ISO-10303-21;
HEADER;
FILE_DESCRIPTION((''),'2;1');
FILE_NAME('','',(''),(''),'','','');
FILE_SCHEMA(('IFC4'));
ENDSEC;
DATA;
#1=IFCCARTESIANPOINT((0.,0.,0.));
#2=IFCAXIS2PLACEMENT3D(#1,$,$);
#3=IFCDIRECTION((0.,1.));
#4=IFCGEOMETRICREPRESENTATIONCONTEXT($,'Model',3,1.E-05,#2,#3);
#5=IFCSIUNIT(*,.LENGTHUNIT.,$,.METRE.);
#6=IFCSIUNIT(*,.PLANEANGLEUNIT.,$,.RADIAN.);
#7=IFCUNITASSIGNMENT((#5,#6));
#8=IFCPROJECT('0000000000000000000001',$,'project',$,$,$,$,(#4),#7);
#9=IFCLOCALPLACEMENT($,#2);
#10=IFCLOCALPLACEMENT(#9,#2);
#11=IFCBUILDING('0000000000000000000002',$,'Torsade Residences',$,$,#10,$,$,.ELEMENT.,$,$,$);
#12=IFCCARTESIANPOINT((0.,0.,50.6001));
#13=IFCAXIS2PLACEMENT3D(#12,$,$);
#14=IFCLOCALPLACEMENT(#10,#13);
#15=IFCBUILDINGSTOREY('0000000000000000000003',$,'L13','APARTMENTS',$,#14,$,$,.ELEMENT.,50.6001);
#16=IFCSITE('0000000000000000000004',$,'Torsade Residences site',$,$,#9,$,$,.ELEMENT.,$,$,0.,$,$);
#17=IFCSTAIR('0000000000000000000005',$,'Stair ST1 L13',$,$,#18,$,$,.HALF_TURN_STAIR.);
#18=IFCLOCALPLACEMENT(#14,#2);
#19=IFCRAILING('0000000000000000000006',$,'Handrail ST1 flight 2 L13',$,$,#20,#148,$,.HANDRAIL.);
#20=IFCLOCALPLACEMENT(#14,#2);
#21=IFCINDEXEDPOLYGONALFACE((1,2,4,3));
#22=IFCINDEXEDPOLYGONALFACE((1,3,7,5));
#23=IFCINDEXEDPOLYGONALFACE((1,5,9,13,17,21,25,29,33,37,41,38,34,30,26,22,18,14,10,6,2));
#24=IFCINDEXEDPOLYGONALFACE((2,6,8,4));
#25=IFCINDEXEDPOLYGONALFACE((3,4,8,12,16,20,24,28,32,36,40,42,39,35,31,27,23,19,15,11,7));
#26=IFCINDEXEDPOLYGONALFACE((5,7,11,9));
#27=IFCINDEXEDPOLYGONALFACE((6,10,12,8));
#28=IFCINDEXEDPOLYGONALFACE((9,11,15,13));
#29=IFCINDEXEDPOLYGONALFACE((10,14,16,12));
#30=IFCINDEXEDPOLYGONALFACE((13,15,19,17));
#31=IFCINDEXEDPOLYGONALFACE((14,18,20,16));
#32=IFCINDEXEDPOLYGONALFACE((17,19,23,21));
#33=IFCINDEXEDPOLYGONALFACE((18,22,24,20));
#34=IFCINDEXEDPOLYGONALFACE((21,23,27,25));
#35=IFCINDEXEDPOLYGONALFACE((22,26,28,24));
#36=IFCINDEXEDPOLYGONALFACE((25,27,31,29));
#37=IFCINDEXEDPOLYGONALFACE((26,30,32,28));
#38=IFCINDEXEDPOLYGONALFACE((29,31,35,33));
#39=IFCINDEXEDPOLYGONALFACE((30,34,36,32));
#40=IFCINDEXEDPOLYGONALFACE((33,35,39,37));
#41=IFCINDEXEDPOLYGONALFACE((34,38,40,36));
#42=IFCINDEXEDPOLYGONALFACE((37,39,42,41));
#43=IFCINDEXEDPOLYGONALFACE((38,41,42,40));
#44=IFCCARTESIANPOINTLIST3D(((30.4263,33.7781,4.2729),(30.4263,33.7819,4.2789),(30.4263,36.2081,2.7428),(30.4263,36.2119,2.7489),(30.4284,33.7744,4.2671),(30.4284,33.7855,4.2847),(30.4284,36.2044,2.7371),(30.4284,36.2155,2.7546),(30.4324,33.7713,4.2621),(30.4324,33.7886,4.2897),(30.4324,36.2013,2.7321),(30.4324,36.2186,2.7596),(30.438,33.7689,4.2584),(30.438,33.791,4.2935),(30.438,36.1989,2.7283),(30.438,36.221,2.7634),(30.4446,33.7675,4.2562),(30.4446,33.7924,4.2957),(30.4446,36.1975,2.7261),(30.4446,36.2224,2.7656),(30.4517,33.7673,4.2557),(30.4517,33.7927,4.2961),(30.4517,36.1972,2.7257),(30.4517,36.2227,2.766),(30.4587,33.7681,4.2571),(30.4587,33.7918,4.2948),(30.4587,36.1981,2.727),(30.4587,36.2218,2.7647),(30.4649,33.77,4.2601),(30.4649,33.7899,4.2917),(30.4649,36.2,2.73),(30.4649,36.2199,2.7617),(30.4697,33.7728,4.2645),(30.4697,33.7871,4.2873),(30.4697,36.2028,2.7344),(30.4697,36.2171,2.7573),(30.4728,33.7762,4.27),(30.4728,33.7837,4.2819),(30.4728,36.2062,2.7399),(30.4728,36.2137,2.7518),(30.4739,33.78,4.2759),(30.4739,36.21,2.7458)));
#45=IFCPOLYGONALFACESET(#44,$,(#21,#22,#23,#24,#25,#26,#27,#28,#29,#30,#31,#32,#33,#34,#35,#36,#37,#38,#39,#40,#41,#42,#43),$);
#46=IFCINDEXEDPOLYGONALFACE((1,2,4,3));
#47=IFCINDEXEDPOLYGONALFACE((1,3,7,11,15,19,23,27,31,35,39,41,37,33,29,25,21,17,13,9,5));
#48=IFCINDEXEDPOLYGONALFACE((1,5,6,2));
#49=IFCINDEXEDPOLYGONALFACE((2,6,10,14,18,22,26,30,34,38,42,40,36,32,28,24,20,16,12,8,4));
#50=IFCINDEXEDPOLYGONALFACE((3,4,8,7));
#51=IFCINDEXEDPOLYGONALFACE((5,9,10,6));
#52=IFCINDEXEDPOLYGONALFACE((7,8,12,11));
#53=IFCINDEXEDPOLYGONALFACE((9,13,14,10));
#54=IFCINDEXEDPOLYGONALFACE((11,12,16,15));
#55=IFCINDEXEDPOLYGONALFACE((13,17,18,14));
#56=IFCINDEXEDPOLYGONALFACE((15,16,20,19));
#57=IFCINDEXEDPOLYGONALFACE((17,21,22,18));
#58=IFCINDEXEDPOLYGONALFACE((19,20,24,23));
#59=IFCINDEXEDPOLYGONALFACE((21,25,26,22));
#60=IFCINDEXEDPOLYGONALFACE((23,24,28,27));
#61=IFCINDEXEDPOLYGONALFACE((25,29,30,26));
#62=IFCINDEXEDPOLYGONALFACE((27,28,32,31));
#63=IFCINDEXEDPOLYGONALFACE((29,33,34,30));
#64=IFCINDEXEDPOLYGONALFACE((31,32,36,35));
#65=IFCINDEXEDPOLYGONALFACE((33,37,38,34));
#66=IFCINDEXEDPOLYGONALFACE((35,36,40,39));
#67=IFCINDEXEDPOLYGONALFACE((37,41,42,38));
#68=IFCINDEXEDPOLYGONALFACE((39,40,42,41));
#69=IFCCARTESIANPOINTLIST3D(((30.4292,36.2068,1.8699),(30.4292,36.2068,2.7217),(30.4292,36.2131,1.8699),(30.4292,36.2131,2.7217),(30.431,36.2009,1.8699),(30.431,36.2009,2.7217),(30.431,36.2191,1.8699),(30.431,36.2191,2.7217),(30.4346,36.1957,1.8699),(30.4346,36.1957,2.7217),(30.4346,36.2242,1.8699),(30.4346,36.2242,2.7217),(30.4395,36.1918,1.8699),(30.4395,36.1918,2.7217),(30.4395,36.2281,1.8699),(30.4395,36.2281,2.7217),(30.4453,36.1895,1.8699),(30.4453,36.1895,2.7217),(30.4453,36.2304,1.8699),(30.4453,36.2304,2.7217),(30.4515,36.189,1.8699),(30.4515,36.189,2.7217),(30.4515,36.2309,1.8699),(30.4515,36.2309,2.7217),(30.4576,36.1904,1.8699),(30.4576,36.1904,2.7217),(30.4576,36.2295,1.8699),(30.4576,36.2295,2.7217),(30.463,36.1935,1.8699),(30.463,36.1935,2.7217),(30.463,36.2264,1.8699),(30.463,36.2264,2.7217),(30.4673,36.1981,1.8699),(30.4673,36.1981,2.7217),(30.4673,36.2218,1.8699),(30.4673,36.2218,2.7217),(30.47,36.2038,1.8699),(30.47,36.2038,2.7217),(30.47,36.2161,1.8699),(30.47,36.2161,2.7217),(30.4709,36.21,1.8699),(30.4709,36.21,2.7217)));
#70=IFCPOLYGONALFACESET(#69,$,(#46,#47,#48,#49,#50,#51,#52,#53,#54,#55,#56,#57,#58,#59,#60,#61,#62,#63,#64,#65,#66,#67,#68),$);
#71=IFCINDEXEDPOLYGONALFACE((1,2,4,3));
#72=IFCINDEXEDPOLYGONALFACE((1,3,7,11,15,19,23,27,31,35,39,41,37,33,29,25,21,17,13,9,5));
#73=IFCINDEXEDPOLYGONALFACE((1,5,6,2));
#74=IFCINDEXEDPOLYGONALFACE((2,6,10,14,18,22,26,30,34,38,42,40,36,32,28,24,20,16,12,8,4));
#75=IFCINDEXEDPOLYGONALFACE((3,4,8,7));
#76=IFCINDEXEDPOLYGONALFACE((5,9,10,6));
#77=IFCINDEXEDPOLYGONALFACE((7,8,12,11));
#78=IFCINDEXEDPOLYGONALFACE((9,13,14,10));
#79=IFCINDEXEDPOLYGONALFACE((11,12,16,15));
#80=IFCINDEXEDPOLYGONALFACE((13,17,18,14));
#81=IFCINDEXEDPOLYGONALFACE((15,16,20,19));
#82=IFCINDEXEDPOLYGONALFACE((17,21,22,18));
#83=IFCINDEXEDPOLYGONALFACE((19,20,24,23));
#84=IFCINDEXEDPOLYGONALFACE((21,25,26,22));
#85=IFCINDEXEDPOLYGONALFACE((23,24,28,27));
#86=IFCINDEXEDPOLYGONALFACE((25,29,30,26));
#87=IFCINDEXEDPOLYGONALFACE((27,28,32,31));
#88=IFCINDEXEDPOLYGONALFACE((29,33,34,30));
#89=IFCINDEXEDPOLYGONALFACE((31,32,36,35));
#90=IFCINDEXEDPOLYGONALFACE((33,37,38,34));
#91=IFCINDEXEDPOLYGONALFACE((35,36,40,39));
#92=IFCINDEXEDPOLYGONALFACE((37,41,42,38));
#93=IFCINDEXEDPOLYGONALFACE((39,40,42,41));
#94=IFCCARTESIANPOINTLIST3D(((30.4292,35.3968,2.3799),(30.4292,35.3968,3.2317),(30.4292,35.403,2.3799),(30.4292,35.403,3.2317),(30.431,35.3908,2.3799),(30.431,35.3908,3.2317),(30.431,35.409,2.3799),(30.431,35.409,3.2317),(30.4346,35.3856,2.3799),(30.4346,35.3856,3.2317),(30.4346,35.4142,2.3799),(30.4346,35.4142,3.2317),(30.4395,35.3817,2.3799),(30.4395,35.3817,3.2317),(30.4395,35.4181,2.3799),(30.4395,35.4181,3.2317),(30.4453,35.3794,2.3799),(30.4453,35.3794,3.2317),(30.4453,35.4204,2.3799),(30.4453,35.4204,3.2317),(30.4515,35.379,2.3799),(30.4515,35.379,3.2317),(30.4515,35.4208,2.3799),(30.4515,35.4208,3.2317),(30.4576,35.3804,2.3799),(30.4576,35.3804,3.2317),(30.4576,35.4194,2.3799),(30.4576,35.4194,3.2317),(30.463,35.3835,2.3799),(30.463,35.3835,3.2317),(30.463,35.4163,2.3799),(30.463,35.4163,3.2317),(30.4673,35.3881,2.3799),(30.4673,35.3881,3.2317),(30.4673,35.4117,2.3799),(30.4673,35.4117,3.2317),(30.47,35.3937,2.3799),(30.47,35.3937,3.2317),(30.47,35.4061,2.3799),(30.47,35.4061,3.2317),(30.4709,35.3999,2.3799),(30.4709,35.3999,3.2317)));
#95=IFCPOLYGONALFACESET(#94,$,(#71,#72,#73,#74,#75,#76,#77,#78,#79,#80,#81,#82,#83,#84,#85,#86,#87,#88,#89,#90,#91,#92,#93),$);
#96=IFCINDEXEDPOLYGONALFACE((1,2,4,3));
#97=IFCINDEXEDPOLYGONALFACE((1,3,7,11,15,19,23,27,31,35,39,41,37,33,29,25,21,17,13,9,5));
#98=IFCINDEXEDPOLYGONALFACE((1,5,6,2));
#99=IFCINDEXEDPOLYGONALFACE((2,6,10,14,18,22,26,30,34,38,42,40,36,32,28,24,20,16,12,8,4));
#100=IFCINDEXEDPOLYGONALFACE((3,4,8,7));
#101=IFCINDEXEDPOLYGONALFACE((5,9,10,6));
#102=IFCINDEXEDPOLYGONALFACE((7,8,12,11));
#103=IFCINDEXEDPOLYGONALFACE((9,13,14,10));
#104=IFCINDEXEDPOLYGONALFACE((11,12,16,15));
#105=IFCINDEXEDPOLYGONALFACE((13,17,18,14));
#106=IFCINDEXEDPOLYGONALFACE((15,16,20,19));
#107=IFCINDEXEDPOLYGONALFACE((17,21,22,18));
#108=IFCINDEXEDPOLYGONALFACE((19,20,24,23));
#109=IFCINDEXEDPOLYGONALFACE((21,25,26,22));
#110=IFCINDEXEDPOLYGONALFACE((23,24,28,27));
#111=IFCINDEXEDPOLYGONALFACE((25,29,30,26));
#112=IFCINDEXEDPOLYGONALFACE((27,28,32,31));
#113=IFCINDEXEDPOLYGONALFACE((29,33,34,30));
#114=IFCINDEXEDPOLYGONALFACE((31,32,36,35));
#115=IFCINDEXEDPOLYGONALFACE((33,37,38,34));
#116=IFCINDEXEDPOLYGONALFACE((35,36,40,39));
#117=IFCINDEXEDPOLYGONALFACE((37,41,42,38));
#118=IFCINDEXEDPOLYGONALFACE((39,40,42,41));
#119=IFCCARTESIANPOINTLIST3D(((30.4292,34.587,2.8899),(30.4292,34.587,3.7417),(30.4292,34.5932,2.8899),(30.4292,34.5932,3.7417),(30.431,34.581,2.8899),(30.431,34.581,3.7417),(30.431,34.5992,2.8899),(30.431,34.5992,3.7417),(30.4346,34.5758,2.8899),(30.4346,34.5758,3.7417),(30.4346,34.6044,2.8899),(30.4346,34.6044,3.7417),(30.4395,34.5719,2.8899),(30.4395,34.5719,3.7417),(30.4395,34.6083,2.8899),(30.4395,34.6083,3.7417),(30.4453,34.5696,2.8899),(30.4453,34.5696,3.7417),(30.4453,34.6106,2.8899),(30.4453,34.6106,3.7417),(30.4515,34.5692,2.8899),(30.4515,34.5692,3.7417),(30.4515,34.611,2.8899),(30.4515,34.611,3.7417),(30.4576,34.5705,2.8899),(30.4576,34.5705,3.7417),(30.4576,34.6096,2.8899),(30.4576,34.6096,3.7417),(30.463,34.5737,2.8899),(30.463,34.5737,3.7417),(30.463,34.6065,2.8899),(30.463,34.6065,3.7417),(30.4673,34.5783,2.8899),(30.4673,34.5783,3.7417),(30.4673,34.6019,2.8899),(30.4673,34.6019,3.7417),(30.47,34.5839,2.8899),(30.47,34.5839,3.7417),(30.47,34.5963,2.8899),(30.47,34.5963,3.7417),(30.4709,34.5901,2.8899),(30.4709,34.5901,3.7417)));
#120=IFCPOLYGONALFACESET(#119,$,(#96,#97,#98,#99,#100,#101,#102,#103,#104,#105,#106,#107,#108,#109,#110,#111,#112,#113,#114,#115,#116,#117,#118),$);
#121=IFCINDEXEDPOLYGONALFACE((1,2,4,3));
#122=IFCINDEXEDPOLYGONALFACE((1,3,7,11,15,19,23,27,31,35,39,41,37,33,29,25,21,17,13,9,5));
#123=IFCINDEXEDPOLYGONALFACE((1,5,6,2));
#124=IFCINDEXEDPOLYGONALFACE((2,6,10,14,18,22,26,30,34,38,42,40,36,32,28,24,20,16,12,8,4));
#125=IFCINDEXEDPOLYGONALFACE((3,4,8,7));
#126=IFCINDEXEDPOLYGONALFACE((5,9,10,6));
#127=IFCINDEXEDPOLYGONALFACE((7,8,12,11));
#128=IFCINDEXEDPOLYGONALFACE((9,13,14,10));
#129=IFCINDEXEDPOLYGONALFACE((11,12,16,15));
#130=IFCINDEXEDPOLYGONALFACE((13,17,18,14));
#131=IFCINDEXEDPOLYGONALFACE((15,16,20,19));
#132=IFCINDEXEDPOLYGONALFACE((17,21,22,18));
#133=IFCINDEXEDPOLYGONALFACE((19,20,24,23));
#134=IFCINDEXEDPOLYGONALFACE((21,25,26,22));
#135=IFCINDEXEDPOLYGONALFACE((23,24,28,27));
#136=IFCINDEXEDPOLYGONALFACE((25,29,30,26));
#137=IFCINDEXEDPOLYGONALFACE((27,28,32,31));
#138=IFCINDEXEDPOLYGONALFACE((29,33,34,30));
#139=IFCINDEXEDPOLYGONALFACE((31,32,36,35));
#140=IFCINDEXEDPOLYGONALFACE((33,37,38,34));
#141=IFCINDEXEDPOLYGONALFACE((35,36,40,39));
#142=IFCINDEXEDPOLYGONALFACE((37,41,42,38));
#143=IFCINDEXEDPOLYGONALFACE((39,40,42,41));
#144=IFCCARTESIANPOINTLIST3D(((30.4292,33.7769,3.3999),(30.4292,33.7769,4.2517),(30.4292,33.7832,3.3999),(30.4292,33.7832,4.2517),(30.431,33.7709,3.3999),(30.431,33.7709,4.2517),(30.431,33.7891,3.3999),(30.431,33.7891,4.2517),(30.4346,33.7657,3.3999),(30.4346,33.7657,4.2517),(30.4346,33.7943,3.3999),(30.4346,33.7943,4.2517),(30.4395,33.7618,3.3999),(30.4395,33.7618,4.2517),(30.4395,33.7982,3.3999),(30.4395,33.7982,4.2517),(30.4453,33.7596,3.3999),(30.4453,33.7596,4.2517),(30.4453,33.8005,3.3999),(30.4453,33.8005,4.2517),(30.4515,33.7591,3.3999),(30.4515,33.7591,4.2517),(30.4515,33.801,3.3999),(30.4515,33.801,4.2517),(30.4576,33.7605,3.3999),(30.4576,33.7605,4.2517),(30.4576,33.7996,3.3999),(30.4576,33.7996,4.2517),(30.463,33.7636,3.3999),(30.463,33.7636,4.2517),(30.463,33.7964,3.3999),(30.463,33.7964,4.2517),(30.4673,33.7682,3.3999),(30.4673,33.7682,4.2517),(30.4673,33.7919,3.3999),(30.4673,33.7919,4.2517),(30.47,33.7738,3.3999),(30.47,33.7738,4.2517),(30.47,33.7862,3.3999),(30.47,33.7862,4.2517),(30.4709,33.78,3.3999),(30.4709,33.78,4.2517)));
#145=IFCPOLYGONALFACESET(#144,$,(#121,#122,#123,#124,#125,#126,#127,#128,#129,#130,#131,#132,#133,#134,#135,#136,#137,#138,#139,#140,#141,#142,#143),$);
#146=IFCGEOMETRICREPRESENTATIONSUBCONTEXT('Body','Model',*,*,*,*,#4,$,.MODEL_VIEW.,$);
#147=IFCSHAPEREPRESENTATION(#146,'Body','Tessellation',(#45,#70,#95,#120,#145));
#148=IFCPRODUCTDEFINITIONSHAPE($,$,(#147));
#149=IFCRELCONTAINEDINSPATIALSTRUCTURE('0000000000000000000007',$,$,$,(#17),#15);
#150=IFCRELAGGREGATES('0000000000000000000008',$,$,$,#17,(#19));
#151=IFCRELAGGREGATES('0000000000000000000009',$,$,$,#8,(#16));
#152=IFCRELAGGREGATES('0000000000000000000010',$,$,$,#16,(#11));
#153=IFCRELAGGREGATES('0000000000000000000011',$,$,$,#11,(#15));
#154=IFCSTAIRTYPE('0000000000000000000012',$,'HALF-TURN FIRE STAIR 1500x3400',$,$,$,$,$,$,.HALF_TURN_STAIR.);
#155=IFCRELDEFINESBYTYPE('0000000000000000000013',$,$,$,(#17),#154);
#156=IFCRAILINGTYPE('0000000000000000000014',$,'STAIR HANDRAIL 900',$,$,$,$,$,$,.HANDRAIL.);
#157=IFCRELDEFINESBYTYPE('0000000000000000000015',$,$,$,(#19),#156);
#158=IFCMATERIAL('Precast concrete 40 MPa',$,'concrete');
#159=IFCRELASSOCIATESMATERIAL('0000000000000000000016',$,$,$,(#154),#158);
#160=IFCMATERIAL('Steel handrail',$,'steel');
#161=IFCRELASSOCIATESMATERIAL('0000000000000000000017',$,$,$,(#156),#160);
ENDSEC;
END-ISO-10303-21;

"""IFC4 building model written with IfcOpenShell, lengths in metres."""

from ifc_helpers import new_model, si_unit, direction, frame, origin, origin_2d, place, context, subcontext, project, spatial, circle, extrude, material, type_object, element, aggregate, save


model = new_model("IFC4")

# Units and contexts
model_context = context("Model", 3, precision=1e-05, world=origin(), true_north=direction((0.0, 1.0)))
body_context = subcontext(model_context, "Body", "Model", "MODEL_VIEW")
ifc_project = project(units=[si_unit("LENGTHUNIT", "METRE"), si_unit("PLANEANGLEUNIT", "RADIAN")], contexts=[model_context])

# Site, building, storey
site_placement = place(None, origin())
site = spatial("IfcSite", under=ifc_project, at=site_placement, Name="Torsade Residences site", CompositionType="ELEMENT", RefElevation=0.0)
building_placement = place(site_placement, origin())
building = spatial("IfcBuilding", under=site, at=building_placement, Name="Torsade Residences", CompositionType="ELEMENT")
storey_placement = place(building_placement, frame((0.0, 0.0, 50.6001)))
storey = spatial("IfcBuildingStorey", under=building, at=storey_placement, Name="L13", Description="APARTMENTS", CompositionType="ELEMENT", Elevation=50.6001)

# Stair, railing
ifc_material_1 = material(Name="Precast concrete 40 MPa", Category="concrete")
stair_type = type_object("IfcStairType", Name="HALF-TURN FIRE STAIR 1500x3400", PredefinedType="HALF_TURN_STAIR", material=ifc_material_1)
stair_placement = place(storey_placement, origin())
stair = element("IfcStair", 1, at=stair_placement, inside=storey, type_object=stair_type, Name="Stair ST1 L13", PredefinedType="HALF_TURN_STAIR")
ifc_material_2 = material(Name="Steel handrail", Category="steel")
railing_type = type_object("IfcRailingType", Name="STAIR HANDRAIL 900", PredefinedType="HANDRAIL", material=ifc_material_2)
railing_1_placement = place(storey_placement, frame((30.45, 36.21, 1.8699)))
railing_1 = element("IfcRailing", 2, at=railing_1_placement, type_object=railing_type, Name="Handrail ST1 flight 2 L13", PredefinedType="HANDRAIL", context=body_context, shape_type="SweptSolid", body=[
    extrude(circle(Radius=0.0239, at=origin_2d()), frame((0.0, 0.0, 0.876), z_axis=(0.0, -0.846221, 0.532831), x_axis=(1.0, 0.0, 0.0)), (0.0, 0.0, 1.0), 2.8716),
    extrude(circle(Radius=0.021, at=origin_2d()), origin(), (0.0, 0.0, 1.0), 0.8518),
    extrude(circle(Radius=0.021, at=origin_2d()), frame((0.0, -0.8101, 0.51)), (0.0, 0.0, 1.0), 0.8518),
    extrude(circle(Radius=0.021, at=origin_2d()), frame((0.0, -1.6199, 1.02)), (0.0, 0.0, 1.0), 0.8518),
    extrude(circle(Radius=0.021, at=origin_2d()), frame((0.0, -2.4299, 1.53)), (0.0, 0.0, 1.0), 0.8518),
])
aggregate(stair, [railing_1])

save(model, "model.ifc")
